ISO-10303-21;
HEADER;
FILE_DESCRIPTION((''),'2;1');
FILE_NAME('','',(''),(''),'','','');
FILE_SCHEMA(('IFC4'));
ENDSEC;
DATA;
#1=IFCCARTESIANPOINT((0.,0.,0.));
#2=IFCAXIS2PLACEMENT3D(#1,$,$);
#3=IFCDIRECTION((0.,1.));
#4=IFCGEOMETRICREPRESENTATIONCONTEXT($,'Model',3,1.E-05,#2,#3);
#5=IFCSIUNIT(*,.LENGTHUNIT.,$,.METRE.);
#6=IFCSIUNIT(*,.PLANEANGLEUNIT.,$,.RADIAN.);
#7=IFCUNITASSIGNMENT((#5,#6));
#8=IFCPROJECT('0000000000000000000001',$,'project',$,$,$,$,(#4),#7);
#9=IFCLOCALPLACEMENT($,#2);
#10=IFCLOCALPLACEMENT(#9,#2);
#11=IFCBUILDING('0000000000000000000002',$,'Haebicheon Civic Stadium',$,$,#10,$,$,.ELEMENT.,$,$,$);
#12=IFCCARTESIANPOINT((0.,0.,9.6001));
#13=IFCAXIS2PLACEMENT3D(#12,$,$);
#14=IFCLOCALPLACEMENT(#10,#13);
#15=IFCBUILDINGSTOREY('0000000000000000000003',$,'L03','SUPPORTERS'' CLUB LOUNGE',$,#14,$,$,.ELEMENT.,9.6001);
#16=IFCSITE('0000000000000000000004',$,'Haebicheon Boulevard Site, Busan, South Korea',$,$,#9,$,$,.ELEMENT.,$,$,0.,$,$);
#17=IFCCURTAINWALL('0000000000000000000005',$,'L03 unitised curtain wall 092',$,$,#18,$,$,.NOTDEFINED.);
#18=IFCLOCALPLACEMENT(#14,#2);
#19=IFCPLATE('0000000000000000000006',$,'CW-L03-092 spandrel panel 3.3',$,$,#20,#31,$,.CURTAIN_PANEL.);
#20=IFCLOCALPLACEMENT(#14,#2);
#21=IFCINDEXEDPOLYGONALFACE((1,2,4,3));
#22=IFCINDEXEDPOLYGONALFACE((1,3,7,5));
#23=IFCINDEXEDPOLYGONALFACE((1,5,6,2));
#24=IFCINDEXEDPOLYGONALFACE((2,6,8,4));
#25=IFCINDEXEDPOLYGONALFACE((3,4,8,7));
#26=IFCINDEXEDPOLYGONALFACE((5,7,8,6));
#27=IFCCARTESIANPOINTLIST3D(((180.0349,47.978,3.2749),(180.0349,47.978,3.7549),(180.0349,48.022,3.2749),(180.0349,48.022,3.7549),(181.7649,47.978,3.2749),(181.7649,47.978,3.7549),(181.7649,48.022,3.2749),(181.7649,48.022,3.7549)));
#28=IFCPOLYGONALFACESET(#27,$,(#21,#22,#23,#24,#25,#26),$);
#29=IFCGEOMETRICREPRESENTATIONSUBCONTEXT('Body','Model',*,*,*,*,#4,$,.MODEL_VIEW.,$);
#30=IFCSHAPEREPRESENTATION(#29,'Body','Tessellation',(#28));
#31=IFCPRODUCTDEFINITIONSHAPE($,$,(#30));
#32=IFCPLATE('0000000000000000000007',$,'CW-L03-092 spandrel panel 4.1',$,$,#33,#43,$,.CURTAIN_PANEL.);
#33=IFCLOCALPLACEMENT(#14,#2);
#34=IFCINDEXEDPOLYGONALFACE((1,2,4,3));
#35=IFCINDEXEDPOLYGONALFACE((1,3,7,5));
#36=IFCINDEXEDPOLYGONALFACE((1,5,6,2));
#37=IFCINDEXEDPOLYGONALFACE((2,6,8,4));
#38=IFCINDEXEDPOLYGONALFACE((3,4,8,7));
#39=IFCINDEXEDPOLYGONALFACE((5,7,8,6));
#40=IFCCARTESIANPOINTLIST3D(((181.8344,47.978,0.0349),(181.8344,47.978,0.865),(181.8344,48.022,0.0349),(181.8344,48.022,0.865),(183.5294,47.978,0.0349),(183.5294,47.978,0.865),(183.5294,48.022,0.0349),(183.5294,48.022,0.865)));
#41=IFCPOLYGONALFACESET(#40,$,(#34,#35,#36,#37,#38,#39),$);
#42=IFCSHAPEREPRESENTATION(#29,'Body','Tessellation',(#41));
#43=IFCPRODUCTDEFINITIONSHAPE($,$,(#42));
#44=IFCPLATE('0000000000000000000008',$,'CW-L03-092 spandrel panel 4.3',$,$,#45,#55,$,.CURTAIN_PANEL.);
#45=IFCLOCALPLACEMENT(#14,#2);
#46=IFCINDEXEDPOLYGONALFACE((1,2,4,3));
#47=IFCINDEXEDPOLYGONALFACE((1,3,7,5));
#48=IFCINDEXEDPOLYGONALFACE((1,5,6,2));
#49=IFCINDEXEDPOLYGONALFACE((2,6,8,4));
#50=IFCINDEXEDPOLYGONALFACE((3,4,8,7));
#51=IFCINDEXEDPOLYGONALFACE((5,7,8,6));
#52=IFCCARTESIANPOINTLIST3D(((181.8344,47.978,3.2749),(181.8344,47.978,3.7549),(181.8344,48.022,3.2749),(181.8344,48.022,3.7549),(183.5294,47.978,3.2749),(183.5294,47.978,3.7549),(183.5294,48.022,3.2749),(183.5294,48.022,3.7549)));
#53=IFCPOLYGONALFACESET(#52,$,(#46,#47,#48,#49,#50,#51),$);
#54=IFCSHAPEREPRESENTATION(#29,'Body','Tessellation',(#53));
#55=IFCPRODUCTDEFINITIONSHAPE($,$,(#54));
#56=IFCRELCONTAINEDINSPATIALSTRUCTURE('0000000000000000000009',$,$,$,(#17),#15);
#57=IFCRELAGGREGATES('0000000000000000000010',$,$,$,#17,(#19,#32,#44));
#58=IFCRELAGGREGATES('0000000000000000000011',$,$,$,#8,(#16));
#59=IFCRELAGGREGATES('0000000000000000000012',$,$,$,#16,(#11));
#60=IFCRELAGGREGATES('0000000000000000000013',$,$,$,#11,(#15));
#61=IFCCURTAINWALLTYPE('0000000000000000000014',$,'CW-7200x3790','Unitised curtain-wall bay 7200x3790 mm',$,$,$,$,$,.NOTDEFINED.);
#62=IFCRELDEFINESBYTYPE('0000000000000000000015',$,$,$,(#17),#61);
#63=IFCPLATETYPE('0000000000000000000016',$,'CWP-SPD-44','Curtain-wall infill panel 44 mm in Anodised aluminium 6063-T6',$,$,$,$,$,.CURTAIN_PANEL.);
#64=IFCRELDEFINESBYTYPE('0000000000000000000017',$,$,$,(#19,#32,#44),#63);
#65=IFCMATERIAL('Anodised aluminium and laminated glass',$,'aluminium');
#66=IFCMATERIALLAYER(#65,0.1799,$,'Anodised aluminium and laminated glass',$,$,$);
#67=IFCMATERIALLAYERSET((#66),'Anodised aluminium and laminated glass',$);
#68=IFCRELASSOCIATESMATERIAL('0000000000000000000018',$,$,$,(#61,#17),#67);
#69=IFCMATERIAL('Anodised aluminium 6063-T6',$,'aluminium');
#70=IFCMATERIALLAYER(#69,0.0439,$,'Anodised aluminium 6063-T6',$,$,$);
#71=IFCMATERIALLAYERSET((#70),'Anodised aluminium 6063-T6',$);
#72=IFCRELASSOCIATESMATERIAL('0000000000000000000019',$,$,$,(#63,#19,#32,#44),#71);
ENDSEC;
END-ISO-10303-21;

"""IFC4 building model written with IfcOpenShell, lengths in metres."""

from ifc_helpers import new_model, si_unit, direction, frame, origin, origin_2d, place, context, subcontext, project, spatial, rectangle, extrude, material, layer, layer_set, type_object, element, aggregate, save


model = new_model("IFC4")

# Units and contexts
model_context = context("Model", 3, precision=1e-05, world=origin(), true_north=direction((0.0, 1.0)))
body_context = subcontext(model_context, "Body", "Model", "MODEL_VIEW")
ifc_project = project(units=[si_unit("LENGTHUNIT", "METRE"), si_unit("PLANEANGLEUNIT", "RADIAN")], contexts=[model_context])

# Site, building, storey
site_placement = place(None, origin())
site = spatial("IfcSite", under=ifc_project, at=site_placement, Name="Haebicheon Boulevard Site, Busan, South Korea", CompositionType="ELEMENT", RefElevation=0.0)
building_placement = place(site_placement, origin())
building = spatial("IfcBuilding", under=site, at=building_placement, Name="Haebicheon Civic Stadium", CompositionType="ELEMENT")
storey_placement = place(building_placement, frame((0.0, 0.0, 9.6001)))
storey = spatial("IfcBuildingStorey", under=building, at=storey_placement, Name="L03", Description="SUPPORTERS' CLUB LOUNGE", CompositionType="ELEMENT", Elevation=9.6001)

# Curtain wall, plates
ifc_material_1 = material(Name="Anodised aluminium and laminated glass", Category="aluminium")
ifc_layer_1 = layer(ifc_material_1, 0.1799, Name="Anodised aluminium and laminated glass")
ifc_layer_set_1 = layer_set([ifc_layer_1], Name="Anodised aluminium and laminated glass")
curtain_wall_type = type_object("IfcCurtainWallType", Name="CW-7200x3790", Description="Unitised curtain-wall bay 7200x3790 mm", PredefinedType="NOTDEFINED", material=ifc_layer_set_1)
curtain_wall_placement = place(storey_placement, origin())
curtain_wall = element("IfcCurtainWall", 1, at=curtain_wall_placement, inside=storey, type_object=curtain_wall_type, material=ifc_layer_set_1, Name="L03 unitised curtain wall 092", PredefinedType="NOTDEFINED")
ifc_material_2 = material(Name="Anodised aluminium 6063-T6", Category="aluminium")
ifc_layer_2 = layer(ifc_material_2, 0.0439, Name="Anodised aluminium 6063-T6")
ifc_layer_set_2 = layer_set([ifc_layer_2], Name="Anodised aluminium 6063-T6")
plate_type_1 = type_object("IfcPlateType", Name="CWP-SPD-44", Description="Curtain-wall infill panel 44 mm in Anodised aluminium 6063-T6", PredefinedType="CURTAIN_PANEL", material=ifc_layer_set_2)
plate_1_placement = place(storey_placement, frame((180.8999, 48.0, 3.2749), z_axis=(0.0, 0.0, 1.0), x_axis=(1.0, 0.0, 0.0)))
plate_1 = element("IfcPlate", 2, at=plate_1_placement, type_object=plate_type_1, material=ifc_layer_set_2, Name="CW-L03-092 spandrel panel 3.3", PredefinedType="CURTAIN_PANEL", context=body_context, shape_type="SweptSolid", body=[
    extrude(rectangle(XDim=1.73, YDim=0.0439, at=origin_2d()), origin(), (0.0, 0.0, 1.0), 0.48),
])
plate_2_placement = place(storey_placement, frame((182.6819, 48.0, 0.0349), z_axis=(0.0, 0.0, 1.0), x_axis=(1.0, 0.0, 0.0)))
plate_2 = element("IfcPlate", 3, at=plate_2_placement, type_object=plate_type_1, material=ifc_layer_set_2, Name="CW-L03-092 spandrel panel 4.1", PredefinedType="CURTAIN_PANEL", context=body_context, shape_type="SweptSolid", body=[
    extrude(rectangle(XDim=1.6951, YDim=0.0439, at=origin_2d()), origin(), (0.0, 0.0, 1.0), 0.8301),
])
plate_3_placement = place(storey_placement, frame((182.6819, 48.0, 3.2749), z_axis=(0.0, 0.0, 1.0), x_axis=(1.0, 0.0, 0.0)))
plate_3 = element("IfcPlate", 4, at=plate_3_placement, type_object=plate_type_1, material=ifc_layer_set_2, Name="CW-L03-092 spandrel panel 4.3", PredefinedType="CURTAIN_PANEL", context=body_context, shape_type="SweptSolid", body=[
    extrude(rectangle(XDim=1.6951, YDim=0.0439, at=origin_2d()), origin(), (0.0, 0.0, 1.0), 0.48),
])
aggregate(curtain_wall, [plate_1, plate_2, plate_3])

save(model, "model.ifc")
